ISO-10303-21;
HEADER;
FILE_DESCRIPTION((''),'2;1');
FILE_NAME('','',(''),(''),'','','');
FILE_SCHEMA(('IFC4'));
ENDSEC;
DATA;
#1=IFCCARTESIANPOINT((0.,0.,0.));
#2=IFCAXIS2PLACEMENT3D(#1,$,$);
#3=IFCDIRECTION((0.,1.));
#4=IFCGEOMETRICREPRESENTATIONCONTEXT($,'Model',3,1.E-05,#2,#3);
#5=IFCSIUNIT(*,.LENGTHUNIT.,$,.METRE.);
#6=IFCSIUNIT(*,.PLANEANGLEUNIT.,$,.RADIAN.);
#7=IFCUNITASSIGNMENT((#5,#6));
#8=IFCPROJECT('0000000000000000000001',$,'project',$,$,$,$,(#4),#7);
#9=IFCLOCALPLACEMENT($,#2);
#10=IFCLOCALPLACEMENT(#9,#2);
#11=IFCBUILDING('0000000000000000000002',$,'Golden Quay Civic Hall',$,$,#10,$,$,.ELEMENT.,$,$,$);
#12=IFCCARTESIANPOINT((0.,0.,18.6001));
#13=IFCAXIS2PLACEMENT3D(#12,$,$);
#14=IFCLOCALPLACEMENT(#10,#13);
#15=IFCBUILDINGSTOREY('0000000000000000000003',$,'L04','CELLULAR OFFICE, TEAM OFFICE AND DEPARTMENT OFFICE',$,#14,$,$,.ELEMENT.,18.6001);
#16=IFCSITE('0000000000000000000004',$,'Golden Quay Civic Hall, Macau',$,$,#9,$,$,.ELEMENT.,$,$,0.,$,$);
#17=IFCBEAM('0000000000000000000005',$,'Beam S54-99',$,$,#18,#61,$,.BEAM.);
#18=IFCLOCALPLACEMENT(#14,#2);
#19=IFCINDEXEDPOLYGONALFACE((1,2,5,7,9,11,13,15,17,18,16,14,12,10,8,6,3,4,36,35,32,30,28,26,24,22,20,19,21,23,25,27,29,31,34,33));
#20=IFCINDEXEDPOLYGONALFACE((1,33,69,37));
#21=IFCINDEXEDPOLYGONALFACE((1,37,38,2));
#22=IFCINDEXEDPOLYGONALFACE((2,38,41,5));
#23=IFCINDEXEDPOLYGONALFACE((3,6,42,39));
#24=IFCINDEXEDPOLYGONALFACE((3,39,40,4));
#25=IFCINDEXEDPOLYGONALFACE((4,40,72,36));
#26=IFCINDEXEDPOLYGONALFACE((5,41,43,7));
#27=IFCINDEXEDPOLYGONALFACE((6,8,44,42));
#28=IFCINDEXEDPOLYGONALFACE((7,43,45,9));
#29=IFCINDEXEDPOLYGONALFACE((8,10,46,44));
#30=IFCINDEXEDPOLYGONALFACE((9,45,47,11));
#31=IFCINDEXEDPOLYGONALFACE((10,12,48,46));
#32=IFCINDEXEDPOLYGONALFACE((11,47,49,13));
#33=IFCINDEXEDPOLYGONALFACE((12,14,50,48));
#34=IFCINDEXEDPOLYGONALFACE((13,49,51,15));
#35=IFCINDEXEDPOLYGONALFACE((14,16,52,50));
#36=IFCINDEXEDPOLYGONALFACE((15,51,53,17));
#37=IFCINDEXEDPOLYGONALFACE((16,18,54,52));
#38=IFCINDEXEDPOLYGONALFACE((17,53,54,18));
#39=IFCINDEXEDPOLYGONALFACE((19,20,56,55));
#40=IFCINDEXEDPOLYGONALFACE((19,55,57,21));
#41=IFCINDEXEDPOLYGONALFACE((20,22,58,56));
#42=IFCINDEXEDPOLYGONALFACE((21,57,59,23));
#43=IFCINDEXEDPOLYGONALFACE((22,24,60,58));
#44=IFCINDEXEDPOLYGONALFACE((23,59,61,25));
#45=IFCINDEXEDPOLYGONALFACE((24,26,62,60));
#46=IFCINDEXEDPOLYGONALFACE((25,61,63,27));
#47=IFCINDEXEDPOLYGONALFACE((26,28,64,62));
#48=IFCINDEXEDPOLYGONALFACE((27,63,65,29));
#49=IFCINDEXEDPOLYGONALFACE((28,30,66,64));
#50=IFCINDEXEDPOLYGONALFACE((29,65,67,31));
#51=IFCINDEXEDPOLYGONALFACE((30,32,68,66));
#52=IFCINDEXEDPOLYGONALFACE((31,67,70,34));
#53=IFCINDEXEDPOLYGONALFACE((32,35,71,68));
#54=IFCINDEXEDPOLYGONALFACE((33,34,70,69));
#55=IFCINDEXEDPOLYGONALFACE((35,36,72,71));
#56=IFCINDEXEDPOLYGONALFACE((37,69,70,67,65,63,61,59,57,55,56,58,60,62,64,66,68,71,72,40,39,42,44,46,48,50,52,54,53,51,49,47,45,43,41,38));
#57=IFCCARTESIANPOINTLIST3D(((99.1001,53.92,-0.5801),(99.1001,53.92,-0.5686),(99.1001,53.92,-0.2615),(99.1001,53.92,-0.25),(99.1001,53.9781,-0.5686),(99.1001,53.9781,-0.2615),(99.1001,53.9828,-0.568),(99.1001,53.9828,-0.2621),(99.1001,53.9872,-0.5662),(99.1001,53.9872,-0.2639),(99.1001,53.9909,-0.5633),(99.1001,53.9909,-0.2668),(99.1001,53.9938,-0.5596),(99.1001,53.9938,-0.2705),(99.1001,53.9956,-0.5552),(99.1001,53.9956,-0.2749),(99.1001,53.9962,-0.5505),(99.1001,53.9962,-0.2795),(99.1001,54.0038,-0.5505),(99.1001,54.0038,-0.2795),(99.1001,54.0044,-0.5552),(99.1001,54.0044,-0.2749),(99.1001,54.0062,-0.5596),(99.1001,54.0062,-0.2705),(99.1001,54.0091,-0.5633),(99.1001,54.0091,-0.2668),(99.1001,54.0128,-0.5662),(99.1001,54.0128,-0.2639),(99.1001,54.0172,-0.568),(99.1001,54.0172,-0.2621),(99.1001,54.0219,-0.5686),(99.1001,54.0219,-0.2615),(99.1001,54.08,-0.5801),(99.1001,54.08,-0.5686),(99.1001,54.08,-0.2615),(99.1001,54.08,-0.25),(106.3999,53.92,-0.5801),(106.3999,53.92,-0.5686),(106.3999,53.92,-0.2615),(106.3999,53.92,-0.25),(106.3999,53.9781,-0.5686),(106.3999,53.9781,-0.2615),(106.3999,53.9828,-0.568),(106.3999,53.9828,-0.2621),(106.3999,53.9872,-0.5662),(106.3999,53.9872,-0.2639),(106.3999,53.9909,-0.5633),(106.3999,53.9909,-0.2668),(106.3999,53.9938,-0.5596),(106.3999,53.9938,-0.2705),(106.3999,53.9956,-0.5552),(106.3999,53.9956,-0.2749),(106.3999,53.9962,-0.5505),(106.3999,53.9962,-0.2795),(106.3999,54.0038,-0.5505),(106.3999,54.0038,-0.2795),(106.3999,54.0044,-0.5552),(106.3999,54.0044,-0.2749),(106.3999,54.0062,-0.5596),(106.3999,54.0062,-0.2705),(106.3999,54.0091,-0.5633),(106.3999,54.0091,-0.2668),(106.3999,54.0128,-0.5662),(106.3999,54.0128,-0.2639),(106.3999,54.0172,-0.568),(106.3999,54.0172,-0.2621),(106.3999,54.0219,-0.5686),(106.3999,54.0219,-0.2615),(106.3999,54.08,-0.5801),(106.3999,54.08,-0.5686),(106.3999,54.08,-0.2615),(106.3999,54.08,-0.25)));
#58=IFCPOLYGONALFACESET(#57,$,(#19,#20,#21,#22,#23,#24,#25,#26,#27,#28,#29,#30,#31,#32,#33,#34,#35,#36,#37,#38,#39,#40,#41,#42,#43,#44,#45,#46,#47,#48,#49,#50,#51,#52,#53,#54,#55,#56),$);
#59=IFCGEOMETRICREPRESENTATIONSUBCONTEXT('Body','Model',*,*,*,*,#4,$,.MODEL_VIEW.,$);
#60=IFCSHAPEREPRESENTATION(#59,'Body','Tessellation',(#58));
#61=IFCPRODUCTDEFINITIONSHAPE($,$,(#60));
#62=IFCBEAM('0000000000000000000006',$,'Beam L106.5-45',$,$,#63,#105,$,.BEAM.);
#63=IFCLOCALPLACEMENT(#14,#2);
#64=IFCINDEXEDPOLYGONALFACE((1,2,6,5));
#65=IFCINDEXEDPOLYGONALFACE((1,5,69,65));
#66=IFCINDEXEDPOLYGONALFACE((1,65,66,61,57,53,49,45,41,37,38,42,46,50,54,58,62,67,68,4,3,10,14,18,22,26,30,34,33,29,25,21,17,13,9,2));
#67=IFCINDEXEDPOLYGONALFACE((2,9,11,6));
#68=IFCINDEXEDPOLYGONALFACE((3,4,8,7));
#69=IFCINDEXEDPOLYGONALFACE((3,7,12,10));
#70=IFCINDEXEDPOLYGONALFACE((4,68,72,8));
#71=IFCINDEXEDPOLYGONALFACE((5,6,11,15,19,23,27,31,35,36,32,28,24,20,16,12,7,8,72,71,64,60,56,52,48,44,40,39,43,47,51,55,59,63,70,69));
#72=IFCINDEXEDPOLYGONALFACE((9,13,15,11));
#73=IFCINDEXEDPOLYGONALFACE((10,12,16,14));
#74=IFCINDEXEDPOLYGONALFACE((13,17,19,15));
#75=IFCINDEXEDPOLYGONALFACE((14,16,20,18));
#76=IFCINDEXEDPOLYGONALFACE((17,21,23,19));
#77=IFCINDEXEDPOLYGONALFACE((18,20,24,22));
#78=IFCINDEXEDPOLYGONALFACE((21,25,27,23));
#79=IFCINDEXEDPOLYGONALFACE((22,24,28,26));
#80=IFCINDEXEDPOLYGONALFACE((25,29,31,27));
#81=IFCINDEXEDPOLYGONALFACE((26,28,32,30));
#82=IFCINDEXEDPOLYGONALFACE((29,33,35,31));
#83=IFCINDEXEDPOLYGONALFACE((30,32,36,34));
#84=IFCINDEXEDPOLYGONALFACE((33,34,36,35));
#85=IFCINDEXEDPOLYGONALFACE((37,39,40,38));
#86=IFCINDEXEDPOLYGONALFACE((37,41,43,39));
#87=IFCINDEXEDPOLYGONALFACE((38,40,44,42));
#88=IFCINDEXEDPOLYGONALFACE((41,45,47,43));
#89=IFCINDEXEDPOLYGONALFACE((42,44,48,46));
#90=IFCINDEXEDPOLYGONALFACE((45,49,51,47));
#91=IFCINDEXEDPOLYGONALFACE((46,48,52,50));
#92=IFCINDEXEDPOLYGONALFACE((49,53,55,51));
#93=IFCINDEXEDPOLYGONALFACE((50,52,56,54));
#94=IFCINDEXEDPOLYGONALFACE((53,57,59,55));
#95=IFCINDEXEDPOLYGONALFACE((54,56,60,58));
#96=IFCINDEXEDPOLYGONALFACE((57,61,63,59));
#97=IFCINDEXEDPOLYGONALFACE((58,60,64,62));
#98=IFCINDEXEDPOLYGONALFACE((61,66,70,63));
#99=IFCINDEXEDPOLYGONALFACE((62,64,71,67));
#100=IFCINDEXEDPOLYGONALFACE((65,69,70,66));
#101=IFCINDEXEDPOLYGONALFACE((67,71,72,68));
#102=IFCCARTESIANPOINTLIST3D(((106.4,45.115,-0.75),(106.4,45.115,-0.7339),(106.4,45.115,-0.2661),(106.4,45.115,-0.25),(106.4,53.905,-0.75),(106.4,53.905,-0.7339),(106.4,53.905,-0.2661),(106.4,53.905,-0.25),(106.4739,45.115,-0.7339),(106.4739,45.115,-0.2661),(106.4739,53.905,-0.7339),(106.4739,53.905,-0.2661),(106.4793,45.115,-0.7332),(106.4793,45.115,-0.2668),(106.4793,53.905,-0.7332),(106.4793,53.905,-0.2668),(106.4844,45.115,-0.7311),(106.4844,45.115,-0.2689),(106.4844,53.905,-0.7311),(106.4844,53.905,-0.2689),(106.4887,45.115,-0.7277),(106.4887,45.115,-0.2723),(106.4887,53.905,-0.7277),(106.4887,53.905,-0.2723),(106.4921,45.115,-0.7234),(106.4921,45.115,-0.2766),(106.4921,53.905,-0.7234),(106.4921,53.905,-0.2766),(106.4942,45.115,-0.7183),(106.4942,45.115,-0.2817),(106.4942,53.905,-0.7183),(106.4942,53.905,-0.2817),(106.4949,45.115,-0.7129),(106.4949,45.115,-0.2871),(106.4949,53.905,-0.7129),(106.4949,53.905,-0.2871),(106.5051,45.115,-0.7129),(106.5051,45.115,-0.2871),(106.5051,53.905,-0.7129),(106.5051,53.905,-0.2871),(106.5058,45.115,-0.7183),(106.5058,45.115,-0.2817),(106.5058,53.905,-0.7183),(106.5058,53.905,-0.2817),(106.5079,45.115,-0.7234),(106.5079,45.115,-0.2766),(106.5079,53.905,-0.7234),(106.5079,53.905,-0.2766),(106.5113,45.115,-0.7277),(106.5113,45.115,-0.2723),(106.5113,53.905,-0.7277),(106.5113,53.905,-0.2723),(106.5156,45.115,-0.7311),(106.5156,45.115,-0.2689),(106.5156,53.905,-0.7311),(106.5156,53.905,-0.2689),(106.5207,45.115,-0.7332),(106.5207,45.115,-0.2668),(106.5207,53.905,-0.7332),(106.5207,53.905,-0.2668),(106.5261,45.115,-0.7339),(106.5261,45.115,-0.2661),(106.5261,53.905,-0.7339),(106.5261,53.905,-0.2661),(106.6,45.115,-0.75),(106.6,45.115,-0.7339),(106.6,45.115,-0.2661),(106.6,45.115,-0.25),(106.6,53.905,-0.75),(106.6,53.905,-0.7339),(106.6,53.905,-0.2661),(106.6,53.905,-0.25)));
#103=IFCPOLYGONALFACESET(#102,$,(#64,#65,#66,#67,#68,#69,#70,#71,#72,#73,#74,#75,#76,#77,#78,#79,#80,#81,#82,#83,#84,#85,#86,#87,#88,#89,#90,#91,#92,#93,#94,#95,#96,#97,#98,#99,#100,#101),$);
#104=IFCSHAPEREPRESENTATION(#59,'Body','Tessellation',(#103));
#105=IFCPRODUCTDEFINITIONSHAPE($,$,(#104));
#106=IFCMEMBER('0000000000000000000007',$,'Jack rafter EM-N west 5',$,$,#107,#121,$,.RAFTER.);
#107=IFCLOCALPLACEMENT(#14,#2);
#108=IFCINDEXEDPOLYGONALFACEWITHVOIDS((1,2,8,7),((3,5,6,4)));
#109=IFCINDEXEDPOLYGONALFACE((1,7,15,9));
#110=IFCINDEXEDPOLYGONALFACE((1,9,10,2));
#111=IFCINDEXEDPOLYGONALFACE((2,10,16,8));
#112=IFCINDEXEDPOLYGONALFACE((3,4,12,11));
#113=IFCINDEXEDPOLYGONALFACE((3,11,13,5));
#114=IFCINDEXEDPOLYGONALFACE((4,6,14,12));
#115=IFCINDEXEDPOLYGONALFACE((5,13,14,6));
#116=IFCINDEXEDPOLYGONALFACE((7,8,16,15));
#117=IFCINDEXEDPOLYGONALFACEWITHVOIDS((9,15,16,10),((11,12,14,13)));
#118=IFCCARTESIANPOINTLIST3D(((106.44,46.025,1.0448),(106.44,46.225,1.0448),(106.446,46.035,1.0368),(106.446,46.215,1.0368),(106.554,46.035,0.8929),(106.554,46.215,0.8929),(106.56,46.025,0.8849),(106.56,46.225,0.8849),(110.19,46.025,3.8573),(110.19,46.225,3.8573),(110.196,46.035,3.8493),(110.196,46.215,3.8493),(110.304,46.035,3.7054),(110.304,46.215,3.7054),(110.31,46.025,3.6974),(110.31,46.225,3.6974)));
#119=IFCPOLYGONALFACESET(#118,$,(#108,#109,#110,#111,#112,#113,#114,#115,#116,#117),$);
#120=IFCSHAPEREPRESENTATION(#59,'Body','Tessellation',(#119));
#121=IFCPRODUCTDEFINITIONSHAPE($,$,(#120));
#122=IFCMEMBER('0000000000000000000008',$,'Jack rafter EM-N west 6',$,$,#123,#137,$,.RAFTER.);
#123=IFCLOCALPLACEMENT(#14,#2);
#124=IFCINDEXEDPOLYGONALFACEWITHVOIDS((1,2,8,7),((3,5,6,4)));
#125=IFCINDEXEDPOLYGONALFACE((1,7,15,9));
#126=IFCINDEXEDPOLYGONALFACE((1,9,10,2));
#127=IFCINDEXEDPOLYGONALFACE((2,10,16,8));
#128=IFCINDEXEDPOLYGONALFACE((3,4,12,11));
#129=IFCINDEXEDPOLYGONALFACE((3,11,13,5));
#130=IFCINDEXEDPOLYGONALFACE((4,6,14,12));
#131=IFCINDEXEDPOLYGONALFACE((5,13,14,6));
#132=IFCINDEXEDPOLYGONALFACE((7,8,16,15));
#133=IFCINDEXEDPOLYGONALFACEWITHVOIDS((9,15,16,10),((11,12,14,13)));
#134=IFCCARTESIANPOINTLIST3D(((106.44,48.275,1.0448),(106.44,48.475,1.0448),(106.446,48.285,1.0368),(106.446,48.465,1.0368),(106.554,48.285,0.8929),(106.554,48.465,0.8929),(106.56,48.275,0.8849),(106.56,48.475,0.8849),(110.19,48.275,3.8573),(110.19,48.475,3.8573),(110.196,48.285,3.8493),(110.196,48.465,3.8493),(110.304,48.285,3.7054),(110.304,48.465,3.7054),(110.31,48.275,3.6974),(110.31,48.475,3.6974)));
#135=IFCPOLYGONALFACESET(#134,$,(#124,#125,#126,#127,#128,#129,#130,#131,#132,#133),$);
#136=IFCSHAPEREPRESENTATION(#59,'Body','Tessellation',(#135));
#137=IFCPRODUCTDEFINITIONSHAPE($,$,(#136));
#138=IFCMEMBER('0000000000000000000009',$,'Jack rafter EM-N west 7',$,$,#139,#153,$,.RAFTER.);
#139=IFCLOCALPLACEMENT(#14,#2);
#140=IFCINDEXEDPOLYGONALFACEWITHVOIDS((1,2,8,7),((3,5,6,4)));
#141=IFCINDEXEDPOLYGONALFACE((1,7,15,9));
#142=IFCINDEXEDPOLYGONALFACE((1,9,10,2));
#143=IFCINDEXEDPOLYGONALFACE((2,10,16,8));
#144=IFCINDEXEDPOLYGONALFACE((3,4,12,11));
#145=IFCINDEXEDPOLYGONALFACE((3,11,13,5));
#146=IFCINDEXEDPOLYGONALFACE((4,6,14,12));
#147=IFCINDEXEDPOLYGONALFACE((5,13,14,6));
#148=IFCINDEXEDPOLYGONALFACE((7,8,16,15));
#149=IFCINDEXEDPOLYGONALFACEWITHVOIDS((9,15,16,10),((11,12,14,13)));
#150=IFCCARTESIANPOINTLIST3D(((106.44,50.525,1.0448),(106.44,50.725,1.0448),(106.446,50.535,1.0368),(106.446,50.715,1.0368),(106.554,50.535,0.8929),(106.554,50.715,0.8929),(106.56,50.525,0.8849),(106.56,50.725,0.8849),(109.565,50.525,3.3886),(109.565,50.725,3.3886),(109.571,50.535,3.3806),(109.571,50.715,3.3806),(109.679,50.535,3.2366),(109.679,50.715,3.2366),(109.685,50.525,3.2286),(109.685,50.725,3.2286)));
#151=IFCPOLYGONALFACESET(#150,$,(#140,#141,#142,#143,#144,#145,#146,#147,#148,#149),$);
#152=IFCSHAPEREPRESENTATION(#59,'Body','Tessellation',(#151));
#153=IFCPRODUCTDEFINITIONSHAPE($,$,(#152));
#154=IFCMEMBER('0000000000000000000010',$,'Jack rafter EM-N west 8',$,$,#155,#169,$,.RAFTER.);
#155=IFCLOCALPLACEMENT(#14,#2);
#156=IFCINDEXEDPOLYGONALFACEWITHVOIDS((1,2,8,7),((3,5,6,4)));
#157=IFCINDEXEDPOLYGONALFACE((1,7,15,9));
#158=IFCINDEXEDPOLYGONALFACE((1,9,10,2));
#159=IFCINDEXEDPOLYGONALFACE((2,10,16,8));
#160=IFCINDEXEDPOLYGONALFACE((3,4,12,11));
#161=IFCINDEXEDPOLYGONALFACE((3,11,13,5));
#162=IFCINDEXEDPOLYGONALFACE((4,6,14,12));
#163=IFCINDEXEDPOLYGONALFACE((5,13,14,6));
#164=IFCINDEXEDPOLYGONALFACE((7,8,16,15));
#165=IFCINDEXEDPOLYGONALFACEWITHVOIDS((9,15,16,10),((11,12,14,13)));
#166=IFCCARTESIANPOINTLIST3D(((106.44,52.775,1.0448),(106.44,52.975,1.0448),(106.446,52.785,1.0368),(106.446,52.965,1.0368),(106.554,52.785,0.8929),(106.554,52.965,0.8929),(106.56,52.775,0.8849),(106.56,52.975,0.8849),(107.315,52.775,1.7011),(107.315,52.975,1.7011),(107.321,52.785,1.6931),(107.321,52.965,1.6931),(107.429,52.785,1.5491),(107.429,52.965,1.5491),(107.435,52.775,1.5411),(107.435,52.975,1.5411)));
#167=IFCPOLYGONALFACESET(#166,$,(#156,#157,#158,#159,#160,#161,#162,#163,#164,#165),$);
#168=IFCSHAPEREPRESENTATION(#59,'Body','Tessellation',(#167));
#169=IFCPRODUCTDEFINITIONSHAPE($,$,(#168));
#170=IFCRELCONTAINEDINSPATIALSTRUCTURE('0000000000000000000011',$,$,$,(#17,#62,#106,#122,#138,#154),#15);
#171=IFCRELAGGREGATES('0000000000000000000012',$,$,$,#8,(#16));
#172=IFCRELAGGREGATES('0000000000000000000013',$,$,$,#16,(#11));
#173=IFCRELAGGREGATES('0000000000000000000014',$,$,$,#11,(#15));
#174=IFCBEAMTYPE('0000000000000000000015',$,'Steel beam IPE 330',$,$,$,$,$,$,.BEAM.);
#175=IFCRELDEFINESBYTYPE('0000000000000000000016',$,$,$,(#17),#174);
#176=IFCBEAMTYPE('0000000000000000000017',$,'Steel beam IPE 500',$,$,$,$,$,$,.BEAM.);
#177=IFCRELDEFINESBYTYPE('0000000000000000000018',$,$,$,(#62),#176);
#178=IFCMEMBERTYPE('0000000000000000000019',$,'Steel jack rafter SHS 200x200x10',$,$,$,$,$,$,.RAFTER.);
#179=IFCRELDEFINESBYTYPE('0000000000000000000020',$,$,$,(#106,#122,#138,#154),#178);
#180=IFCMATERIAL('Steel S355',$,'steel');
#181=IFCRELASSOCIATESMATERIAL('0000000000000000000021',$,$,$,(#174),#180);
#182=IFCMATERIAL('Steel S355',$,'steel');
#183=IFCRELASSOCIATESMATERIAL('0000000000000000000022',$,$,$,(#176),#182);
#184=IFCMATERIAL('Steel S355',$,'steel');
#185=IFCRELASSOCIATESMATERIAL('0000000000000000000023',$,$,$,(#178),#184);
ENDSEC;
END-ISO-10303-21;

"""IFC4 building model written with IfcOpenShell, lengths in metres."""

from ifc_helpers import new_model, si_unit, direction, frame, origin, origin_2d, place, context, subcontext, project, spatial, hollow_rectangle, i_section, extrude, material, material_profile, profile_set, type_object, element, save


model = new_model("IFC4")

# Units and contexts
model_context = context("Model", 3, precision=1e-05, world=origin(), true_north=direction((0.0, 1.0)))
body_context = subcontext(model_context, "Body", "Model", "MODEL_VIEW")
ifc_project = project(units=[si_unit("LENGTHUNIT", "METRE"), si_unit("PLANEANGLEUNIT", "RADIAN")], contexts=[model_context])

# Site, building, storey
site_placement = place(None, origin())
site = spatial("IfcSite", under=ifc_project, at=site_placement, Name="Golden Quay Civic Hall, Macau", CompositionType="ELEMENT", RefElevation=0.0)
building_placement = place(site_placement, origin())
building = spatial("IfcBuilding", under=site, at=building_placement, Name="Golden Quay Civic Hall", CompositionType="ELEMENT")
storey_placement = place(building_placement, frame((0.0, 0.0, 18.6001)))
storey = spatial("IfcBuildingStorey", under=building, at=storey_placement, Name="L04", Description="CELLULAR OFFICE, TEAM OFFICE AND DEPARTMENT OFFICE", CompositionType="ELEMENT", Elevation=18.6001)

# Beams
ifc_material_1 = material(Name="Steel S355", Category="steel")
ifc_material_profile_1 = material_profile(ifc_material_1, i_section(OverallWidth=0.1599, OverallDepth=0.3301, WebThickness=0.0076, FlangeThickness=0.0115, FilletRadius=0.0181, at=origin_2d()), Name="IPE 330")
ifc_profile_set_1 = profile_set([ifc_material_profile_1], Name="Steel S355")
beam_type_1 = type_object("IfcBeamType", Name="Steel beam IPE 330", PredefinedType="BEAM", material=ifc_profile_set_1)
beam_1_placement = place(storey_placement, frame((99.1001, 54.0, -0.415), z_axis=(1.0, 0.0, 0.0), x_axis=(0.0, 1.0, 0.0)))
element("IfcBeam", 1, at=beam_1_placement, inside=storey, type_object=beam_type_1, Name="Beam S54-99", PredefinedType="BEAM", context=body_context, shape_type="SweptSolid", body=[
    extrude(i_section(OverallWidth=0.1599, OverallDepth=0.3301, WebThickness=0.0076, FlangeThickness=0.0115, FilletRadius=0.0181, at=origin_2d()), origin(), (0.0, 0.0, 1.0), 7.2998),
])
ifc_material_2 = material(Name="Steel S355", Category="steel")
ifc_material_profile_2 = material_profile(ifc_material_2, i_section(OverallWidth=0.2, OverallDepth=0.5, WebThickness=0.0103, FlangeThickness=0.0161, FilletRadius=0.021, at=origin_2d()), Name="IPE 500")
ifc_profile_set_2 = profile_set([ifc_material_profile_2], Name="Steel S355")
beam_type_2 = type_object("IfcBeamType", Name="Steel beam IPE 500", PredefinedType="BEAM", material=ifc_profile_set_2)
beam_2_placement = place(storey_placement, frame((106.5, 45.115, -0.5), z_axis=(0.0, 1.0, 0.0), x_axis=(-1.0, 0.0, 0.0)))
element("IfcBeam", 2, at=beam_2_placement, inside=storey, type_object=beam_type_2, Name="Beam L106.5-45", PredefinedType="BEAM", context=body_context, shape_type="SweptSolid", body=[
    extrude(i_section(OverallWidth=0.2, OverallDepth=0.5, WebThickness=0.0103, FlangeThickness=0.0161, FilletRadius=0.021, at=origin_2d()), origin(), (0.0, 0.0, 1.0), 8.79),
])

# Members
ifc_material_3 = material(Name="Steel S355", Category="steel")
ifc_material_profile_3 = material_profile(ifc_material_3, hollow_rectangle(XDim=0.2, YDim=0.2, WallThickness=0.01, at=origin_2d()), Name="SHS 200x200x10")
ifc_profile_set_3 = profile_set([ifc_material_profile_3], Name="Steel S355")
member_type_1 = type_object("IfcMemberType", Name="Steel jack rafter SHS 200x200x10", PredefinedType="RAFTER", material=ifc_profile_set_3)
for number, where, z_axis, x_axis, name in (
    (3, (106.5, 46.125, 0.9648), (0.8, 0.0, 0.6), (0.0, 1.0, 0.0), "Jack rafter EM-N west 5"),
    (4, (106.5, 48.375, 0.9648), (0.8, 0.0, 0.6), (0.0, 1.0, 0.0), "Jack rafter EM-N west 6"),
):
    element("IfcMember", number, at=place(storey_placement, frame(where, z_axis=z_axis, x_axis=x_axis)), inside=storey, type_object=member_type_1, Name=name, PredefinedType="RAFTER", context=body_context, shape_type="SweptSolid", body=[
        extrude(hollow_rectangle(XDim=0.2, YDim=0.2, WallThickness=0.01, at=origin_2d()), origin(), (0.0, 0.0, 1.0), 4.6875),
    ])
member_1_placement = place(storey_placement, frame((106.5, 50.625, 0.9648), z_axis=(0.8, 0.0, 0.6), x_axis=(0.0, 1.0, 0.0)))
element("IfcMember", 5, at=member_1_placement, inside=storey, type_object=member_type_1, Name="Jack rafter EM-N west 7", PredefinedType="RAFTER", context=body_context, shape_type="SweptSolid", body=[
    extrude(hollow_rectangle(XDim=0.2, YDim=0.2, WallThickness=0.01, at=origin_2d()), origin(), (0.0, 0.0, 1.0), 3.9062),
])
member_2_placement = place(storey_placement, frame((106.5, 52.875, 0.9648), z_axis=(0.8, 0.0, 0.6), x_axis=(0.0, 1.0, 0.0)))
element("IfcMember", 6, at=member_2_placement, inside=storey, type_object=member_type_1, Name="Jack rafter EM-N west 8", PredefinedType="RAFTER", context=body_context, shape_type="SweptSolid", body=[
    extrude(hollow_rectangle(XDim=0.2, YDim=0.2, WallThickness=0.01, at=origin_2d()), origin(), (0.0, 0.0, 1.0), 1.0938),
])

save(model, "model.ifc")
